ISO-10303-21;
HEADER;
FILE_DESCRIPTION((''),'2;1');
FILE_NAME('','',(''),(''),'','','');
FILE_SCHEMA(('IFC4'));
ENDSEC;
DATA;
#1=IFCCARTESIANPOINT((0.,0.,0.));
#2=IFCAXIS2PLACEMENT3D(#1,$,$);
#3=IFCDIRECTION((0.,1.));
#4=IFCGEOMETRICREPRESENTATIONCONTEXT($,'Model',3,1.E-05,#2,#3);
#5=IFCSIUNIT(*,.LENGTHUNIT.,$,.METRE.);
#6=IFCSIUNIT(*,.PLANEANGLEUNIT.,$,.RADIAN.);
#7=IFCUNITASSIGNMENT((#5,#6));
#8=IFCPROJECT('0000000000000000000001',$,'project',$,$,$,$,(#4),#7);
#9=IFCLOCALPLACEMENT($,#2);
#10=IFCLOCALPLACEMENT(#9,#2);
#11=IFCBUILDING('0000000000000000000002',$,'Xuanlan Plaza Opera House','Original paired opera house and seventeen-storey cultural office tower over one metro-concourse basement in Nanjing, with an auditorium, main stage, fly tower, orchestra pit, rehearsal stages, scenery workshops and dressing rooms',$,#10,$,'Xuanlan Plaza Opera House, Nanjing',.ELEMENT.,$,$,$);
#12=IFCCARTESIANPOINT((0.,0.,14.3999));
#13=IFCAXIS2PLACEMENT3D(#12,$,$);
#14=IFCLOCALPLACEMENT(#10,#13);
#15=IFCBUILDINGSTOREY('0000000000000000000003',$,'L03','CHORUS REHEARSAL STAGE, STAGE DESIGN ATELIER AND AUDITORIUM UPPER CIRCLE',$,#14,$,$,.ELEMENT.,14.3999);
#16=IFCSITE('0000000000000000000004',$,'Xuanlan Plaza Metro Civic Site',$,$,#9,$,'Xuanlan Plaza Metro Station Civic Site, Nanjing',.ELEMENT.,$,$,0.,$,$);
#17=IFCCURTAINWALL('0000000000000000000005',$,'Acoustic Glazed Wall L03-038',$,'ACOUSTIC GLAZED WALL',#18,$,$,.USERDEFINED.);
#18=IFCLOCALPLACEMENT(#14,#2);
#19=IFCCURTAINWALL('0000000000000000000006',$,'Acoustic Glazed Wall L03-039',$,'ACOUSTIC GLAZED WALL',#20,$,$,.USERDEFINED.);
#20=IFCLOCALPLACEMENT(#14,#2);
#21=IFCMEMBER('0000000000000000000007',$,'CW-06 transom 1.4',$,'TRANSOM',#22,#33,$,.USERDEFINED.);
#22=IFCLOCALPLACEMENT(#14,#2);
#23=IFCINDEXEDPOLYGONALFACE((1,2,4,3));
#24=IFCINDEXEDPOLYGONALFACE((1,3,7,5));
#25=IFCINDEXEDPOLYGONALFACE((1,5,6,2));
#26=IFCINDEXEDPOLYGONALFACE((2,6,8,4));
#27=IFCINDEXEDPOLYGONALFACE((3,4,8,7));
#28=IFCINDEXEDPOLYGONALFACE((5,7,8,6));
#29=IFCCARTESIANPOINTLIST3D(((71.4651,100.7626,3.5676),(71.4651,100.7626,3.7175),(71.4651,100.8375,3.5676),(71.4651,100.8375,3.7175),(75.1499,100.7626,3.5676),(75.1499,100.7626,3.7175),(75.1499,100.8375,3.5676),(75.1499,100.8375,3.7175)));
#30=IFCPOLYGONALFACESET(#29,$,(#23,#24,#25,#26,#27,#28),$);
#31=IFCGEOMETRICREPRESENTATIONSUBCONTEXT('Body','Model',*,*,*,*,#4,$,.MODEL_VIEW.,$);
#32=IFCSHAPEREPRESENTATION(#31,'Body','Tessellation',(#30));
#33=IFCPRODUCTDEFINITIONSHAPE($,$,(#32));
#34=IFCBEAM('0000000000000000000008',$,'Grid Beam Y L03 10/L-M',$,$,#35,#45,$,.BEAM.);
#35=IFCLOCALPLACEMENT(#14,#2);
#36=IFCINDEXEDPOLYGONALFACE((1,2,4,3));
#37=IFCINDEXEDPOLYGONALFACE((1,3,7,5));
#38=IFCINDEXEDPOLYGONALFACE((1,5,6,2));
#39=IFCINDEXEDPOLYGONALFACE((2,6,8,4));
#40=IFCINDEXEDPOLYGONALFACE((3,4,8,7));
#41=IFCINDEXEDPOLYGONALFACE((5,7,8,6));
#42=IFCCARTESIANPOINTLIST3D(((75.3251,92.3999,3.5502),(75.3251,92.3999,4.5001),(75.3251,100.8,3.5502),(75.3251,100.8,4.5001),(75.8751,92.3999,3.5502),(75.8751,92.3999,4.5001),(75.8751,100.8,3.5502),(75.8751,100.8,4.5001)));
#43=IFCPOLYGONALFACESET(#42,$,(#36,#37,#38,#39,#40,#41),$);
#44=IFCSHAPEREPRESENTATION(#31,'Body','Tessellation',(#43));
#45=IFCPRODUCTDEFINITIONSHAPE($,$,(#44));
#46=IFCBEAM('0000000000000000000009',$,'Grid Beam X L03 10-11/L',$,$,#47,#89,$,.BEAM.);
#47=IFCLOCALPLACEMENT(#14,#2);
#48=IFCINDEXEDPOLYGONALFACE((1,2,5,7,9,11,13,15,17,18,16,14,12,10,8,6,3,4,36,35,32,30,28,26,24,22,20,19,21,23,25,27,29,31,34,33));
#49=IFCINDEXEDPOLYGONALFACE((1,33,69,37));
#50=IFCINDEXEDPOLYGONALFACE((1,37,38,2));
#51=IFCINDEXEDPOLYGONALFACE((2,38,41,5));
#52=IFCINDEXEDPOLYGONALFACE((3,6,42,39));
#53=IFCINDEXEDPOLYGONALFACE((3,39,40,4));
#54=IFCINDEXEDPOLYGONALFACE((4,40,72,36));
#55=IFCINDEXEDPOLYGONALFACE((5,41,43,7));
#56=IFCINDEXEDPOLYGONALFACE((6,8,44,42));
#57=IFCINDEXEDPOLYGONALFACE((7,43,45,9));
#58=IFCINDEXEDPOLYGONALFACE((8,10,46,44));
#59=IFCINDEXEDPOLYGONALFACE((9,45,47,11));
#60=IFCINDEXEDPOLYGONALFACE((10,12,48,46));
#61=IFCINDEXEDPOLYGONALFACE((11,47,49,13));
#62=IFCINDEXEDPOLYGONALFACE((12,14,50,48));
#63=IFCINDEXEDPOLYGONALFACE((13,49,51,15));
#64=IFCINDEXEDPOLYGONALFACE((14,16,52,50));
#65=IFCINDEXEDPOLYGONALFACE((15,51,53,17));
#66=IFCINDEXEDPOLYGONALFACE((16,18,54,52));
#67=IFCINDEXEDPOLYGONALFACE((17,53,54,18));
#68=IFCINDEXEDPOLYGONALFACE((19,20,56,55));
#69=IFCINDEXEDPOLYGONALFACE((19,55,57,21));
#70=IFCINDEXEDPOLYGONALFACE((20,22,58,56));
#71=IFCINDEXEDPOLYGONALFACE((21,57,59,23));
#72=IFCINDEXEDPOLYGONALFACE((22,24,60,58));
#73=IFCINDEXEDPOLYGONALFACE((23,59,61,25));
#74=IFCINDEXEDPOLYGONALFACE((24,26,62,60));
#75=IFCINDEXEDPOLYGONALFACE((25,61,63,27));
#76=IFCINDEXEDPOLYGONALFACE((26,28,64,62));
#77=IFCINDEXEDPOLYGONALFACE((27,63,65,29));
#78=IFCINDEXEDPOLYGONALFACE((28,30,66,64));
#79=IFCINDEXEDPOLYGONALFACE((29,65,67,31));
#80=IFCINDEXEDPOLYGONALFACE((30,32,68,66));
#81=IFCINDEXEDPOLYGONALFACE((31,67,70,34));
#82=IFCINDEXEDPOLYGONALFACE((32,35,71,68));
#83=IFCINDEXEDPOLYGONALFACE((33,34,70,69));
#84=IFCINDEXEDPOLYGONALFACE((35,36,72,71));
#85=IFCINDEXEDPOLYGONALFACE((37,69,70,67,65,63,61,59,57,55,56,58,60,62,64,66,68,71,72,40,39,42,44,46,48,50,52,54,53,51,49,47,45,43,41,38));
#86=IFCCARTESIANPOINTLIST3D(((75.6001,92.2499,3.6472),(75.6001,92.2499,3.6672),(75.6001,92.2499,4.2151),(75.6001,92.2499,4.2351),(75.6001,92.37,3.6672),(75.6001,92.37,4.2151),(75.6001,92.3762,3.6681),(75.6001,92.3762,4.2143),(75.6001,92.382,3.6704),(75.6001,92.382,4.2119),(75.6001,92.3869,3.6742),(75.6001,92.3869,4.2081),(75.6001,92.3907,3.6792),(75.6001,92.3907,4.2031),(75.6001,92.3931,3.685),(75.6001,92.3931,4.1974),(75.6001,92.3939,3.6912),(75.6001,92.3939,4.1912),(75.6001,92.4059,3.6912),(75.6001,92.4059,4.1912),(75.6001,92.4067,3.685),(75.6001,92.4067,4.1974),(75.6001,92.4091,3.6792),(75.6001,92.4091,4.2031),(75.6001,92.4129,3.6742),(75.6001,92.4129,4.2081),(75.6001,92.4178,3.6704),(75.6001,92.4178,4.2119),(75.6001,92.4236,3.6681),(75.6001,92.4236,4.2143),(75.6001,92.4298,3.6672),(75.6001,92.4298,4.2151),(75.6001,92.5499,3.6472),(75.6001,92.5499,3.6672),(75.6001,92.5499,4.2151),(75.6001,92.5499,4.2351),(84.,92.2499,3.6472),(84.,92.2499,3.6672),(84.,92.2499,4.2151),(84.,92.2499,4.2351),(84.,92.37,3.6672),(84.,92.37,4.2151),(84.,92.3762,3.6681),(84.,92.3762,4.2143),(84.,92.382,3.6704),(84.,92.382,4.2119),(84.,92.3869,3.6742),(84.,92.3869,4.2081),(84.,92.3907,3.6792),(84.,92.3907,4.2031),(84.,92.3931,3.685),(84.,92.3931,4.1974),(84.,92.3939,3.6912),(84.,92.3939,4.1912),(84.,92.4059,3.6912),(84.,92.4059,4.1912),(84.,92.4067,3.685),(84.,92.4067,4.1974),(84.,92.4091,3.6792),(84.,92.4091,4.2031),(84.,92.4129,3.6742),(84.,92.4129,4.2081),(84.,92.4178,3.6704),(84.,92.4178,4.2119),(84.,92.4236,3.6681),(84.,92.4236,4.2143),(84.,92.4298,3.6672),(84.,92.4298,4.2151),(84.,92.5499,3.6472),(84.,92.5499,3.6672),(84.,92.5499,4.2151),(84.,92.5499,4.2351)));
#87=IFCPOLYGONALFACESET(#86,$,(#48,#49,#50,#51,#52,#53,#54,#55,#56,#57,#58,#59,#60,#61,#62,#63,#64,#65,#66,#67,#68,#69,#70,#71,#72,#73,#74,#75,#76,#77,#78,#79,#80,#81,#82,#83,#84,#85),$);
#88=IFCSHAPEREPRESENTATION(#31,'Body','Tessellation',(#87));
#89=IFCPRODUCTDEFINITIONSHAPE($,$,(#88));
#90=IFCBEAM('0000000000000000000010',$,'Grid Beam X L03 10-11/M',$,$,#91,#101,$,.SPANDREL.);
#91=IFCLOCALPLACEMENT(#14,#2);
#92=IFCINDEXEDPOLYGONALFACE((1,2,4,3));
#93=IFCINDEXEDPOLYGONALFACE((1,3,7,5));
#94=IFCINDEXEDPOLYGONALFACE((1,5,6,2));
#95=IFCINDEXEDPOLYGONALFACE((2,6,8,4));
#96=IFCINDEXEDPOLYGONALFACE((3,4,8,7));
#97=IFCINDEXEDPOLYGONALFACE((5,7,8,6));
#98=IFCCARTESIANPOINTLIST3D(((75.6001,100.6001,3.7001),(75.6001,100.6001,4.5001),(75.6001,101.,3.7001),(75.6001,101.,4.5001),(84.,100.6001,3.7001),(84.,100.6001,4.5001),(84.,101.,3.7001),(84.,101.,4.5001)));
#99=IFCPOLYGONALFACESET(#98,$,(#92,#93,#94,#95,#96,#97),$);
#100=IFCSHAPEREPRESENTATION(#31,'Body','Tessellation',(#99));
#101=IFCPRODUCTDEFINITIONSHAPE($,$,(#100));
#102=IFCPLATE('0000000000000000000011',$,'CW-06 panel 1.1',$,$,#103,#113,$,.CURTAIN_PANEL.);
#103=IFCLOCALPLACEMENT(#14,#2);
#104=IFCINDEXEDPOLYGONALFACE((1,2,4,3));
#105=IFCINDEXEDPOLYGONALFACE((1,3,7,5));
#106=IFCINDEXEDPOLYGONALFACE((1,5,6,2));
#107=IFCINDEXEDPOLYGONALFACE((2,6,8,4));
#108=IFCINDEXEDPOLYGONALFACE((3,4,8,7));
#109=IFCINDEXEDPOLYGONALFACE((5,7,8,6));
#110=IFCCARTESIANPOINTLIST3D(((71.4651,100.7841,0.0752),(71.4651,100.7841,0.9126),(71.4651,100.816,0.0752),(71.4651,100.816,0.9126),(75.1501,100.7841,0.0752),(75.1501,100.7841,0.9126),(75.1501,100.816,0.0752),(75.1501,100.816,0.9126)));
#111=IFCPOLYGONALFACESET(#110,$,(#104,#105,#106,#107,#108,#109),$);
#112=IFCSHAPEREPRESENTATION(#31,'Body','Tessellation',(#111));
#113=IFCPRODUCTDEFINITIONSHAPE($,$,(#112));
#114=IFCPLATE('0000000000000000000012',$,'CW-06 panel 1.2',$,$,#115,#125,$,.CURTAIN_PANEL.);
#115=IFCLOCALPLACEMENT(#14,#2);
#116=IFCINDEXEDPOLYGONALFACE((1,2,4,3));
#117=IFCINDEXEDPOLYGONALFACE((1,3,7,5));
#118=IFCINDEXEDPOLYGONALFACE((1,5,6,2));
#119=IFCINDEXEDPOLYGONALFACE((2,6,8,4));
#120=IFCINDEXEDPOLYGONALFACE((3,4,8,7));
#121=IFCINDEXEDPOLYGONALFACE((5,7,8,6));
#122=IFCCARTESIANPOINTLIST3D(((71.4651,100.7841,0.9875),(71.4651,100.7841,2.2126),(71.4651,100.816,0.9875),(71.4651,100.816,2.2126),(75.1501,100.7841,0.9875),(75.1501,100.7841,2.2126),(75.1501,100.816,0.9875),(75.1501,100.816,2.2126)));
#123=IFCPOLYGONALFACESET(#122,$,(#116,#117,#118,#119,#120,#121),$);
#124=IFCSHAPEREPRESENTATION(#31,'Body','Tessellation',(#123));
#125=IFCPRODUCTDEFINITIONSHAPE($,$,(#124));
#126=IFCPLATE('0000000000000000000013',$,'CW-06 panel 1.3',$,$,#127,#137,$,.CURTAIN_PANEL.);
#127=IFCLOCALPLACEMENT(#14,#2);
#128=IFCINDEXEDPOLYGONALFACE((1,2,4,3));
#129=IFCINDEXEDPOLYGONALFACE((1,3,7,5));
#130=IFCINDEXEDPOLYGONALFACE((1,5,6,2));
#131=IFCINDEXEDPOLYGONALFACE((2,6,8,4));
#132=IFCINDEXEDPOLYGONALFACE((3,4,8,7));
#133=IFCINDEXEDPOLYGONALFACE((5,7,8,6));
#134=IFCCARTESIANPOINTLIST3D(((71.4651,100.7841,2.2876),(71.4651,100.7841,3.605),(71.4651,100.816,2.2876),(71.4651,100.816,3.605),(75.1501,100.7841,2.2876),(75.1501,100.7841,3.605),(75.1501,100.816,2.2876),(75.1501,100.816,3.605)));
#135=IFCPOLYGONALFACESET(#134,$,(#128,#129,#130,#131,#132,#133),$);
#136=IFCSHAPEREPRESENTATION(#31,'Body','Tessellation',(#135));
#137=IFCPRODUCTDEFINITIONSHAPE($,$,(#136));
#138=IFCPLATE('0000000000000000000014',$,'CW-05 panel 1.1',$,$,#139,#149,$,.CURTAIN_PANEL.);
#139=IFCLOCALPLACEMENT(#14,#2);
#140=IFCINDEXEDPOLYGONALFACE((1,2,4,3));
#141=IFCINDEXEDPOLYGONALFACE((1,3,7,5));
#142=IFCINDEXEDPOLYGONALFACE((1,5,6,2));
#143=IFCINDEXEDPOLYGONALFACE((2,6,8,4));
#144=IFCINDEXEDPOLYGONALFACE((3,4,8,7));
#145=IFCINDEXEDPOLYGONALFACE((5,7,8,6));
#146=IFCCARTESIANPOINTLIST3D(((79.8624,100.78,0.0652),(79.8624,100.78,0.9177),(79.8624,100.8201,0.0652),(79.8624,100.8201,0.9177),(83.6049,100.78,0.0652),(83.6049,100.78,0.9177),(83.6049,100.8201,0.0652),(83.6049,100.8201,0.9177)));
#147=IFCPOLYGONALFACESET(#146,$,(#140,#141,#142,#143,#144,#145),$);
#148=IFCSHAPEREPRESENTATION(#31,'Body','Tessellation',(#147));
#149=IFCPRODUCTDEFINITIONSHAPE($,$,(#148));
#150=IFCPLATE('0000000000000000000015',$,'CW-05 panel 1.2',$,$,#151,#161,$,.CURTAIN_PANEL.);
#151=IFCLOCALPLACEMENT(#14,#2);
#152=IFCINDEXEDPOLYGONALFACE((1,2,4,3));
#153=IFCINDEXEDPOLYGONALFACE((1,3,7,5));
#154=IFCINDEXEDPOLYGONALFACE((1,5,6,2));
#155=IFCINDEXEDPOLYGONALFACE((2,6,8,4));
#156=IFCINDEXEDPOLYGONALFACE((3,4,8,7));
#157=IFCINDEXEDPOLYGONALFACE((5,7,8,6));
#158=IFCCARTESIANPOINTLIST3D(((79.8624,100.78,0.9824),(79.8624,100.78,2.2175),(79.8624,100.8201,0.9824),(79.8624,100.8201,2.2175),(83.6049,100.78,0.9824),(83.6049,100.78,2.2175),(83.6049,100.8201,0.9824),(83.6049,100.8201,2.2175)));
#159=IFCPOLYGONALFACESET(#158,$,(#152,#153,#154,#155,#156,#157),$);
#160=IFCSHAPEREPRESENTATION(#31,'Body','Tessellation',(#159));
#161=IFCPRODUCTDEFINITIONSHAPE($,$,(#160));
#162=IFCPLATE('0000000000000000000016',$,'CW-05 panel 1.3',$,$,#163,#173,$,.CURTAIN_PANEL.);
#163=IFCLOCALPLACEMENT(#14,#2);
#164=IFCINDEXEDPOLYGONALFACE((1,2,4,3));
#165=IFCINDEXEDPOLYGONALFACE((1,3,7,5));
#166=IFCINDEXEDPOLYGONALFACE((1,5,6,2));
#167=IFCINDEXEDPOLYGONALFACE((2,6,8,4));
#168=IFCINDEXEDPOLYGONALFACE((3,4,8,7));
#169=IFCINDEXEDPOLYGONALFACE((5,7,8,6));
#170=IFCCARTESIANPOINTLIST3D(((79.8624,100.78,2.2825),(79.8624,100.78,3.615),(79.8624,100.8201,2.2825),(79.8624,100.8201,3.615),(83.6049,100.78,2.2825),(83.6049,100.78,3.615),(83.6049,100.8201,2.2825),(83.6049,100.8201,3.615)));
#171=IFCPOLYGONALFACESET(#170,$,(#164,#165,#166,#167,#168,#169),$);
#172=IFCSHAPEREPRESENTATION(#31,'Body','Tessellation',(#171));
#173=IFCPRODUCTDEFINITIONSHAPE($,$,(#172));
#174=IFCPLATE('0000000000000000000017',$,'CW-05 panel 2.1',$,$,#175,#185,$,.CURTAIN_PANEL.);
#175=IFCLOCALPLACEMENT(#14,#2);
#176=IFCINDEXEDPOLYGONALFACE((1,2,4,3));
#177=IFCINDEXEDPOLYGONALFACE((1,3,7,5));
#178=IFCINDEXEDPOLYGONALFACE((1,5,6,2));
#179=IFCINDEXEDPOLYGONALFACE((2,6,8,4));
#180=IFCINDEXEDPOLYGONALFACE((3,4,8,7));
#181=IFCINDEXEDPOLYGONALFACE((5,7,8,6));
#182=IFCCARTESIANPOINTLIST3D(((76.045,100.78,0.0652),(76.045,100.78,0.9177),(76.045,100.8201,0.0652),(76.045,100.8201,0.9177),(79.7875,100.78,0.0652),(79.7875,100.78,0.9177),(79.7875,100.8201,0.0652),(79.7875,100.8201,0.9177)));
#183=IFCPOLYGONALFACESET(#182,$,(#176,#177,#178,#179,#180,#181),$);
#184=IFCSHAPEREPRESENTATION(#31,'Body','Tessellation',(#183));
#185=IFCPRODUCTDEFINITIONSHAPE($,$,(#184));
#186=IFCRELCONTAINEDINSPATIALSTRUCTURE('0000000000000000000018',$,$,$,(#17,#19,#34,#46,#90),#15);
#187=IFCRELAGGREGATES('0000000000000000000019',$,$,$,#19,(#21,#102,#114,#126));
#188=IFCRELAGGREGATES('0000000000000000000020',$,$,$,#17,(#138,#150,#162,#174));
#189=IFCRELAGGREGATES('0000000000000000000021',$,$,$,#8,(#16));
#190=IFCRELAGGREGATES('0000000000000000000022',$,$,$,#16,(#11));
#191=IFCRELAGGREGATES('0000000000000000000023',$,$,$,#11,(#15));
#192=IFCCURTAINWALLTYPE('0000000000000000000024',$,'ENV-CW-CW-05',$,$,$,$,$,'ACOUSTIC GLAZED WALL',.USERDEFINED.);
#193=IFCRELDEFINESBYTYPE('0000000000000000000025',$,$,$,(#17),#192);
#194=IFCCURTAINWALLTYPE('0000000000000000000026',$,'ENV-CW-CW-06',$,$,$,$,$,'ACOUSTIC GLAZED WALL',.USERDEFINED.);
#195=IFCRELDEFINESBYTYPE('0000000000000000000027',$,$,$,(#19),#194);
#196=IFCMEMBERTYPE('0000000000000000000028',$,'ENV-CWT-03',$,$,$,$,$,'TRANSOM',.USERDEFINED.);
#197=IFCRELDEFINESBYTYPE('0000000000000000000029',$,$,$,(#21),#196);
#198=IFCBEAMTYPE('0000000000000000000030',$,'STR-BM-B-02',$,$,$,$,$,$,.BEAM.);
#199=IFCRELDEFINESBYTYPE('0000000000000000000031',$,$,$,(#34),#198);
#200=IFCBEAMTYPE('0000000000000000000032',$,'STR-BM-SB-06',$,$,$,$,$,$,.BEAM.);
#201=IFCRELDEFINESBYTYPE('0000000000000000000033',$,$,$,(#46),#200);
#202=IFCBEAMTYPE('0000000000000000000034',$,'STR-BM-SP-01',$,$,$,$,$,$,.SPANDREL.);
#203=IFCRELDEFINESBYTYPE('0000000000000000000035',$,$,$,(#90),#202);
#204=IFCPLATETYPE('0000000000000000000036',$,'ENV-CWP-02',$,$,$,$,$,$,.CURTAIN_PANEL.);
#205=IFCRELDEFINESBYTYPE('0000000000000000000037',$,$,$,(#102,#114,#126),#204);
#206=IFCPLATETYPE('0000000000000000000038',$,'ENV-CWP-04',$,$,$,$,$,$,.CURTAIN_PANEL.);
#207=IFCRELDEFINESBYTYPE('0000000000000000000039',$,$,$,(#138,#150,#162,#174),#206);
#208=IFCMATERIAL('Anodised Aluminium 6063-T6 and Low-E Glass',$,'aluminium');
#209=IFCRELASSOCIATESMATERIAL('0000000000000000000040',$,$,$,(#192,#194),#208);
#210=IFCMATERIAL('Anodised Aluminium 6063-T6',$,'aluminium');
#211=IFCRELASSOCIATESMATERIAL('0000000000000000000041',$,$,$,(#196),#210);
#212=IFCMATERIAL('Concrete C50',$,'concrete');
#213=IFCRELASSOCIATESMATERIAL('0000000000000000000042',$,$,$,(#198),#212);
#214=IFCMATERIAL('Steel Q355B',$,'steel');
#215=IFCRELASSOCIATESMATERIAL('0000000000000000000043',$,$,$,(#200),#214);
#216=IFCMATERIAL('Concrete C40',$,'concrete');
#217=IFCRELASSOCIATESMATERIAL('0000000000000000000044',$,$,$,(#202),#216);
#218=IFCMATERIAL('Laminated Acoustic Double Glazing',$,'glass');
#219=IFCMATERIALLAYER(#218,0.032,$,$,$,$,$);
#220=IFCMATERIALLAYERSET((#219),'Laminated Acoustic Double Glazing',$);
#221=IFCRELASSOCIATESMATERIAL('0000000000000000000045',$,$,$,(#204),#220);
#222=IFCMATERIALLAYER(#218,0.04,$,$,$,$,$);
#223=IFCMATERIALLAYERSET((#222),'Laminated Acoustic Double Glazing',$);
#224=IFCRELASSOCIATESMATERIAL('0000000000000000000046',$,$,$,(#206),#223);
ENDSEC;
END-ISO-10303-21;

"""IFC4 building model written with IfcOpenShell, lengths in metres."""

from ifc_helpers import new_model, si_unit, direction, frame, origin, origin_2d, place, context, subcontext, project, spatial, rectangle, i_section, extrude, material, layer, layer_set, material_profile, profile_set, type_object, element, aggregate, save


model = new_model("IFC4")

# Units and contexts
model_context = context("Model", 3, precision=1e-05, world=origin(), true_north=direction((0.0, 1.0)))
body_context = subcontext(model_context, "Body", "Model", "MODEL_VIEW")
ifc_project = project(units=[si_unit("LENGTHUNIT", "METRE"), si_unit("PLANEANGLEUNIT", "RADIAN")], contexts=[model_context])

# Site, building, storey
site_placement = place(None, origin())
site = spatial("IfcSite", under=ifc_project, at=site_placement, Name="Xuanlan Plaza Metro Civic Site", LongName="Xuanlan Plaza Metro Station Civic Site, Nanjing", CompositionType="ELEMENT", RefElevation=0.0)
building_placement = place(site_placement, origin())
building = spatial("IfcBuilding", under=site, at=building_placement, Name="Xuanlan Plaza Opera House", Description="Original paired opera house and seventeen-storey cultural office tower over one metro-concourse basement in Nanjing, with an auditorium, main stage, fly tower, orchestra pit, rehearsal stages, scenery workshops and dressing rooms", LongName="Xuanlan Plaza Opera House, Nanjing", CompositionType="ELEMENT")
storey_placement = place(building_placement, frame((0.0, 0.0, 14.3999)))
storey = spatial("IfcBuildingStorey", under=building, at=storey_placement, Name="L03", Description="CHORUS REHEARSAL STAGE, STAGE DESIGN ATELIER AND AUDITORIUM UPPER CIRCLE", CompositionType="ELEMENT", Elevation=14.3999)

# Shared definitions
ifc_material_1 = material(Name="Concrete C40", Category="concrete")

# Curtain wall
ifc_material_2 = material(Name="Anodised Aluminium 6063-T6 and Low-E Glass", Category="aluminium")
curtain_wall_type_1 = type_object("IfcCurtainWallType", Name="ENV-CW-CW-05", ElementType="ACOUSTIC GLAZED WALL", PredefinedType="USERDEFINED", material=ifc_material_2)
curtain_wall_1_placement = place(storey_placement, origin())
curtain_wall_1 = element("IfcCurtainWall", 1, at=curtain_wall_1_placement, inside=storey, type_object=curtain_wall_type_1, Name="Acoustic Glazed Wall L03-038", ObjectType="ACOUSTIC GLAZED WALL", PredefinedType="USERDEFINED")
ifc_material_3 = material(Name="Anodised Aluminium 6063-T6", Category="aluminium")

# Curtain wall
curtain_wall_type_2 = type_object("IfcCurtainWallType", Name="ENV-CW-CW-06", ElementType="ACOUSTIC GLAZED WALL", PredefinedType="USERDEFINED", material=ifc_material_2)
curtain_wall_2_placement = place(storey_placement, origin())
curtain_wall_2 = element("IfcCurtainWall", 2, at=curtain_wall_2_placement, inside=storey, type_object=curtain_wall_type_2, Name="Acoustic Glazed Wall L03-039", ObjectType="ACOUSTIC GLAZED WALL", PredefinedType="USERDEFINED")

# Member
ifc_material_profile_1 = material_profile(ifc_material_3, rectangle(XDim=0.075, YDim=0.1499, at=origin_2d()), Name="ALU-T 75x150")
ifc_profile_set_1 = profile_set([ifc_material_profile_1], Name="Anodised Aluminium 6063-T6")
member_type_1 = type_object("IfcMemberType", Name="ENV-CWT-03", ElementType="TRANSOM", PredefinedType="USERDEFINED", material=ifc_profile_set_1)
member_1_placement = place(storey_placement, frame((75.1499, 100.8, 3.6426), z_axis=(-1.0, 0.0, 0.0), x_axis=(0.0, -1.0, 0.0)))
member_1 = element("IfcMember", 3, at=member_1_placement, type_object=member_type_1, Name="CW-06 transom 1.4", ObjectType="TRANSOM", PredefinedType="USERDEFINED", context=body_context, shape_type="SweptSolid", body=[
    extrude(rectangle(XDim=0.075, YDim=0.1499, at=origin_2d()), origin(), (0.0, 0.0, 1.0), 3.6848),
])

# Beams
ifc_material_4 = material(Name="Concrete C50", Category="concrete")
ifc_material_profile_2 = material_profile(ifc_material_4, rectangle(XDim=0.55, YDim=0.95, at=origin_2d()), Name="RC-BM 550x950")
ifc_profile_set_2 = profile_set([ifc_material_profile_2], Name="Concrete C50")
beam_type_1 = type_object("IfcBeamType", Name="STR-BM-B-02", PredefinedType="BEAM", material=ifc_profile_set_2)
beam_1_placement = place(storey_placement, frame((75.6001, 92.3999, 4.0251), z_axis=(0.0, 1.0, 0.0), x_axis=(-1.0, 0.0, 0.0)))
element("IfcBeam", 4, at=beam_1_placement, inside=storey, type_object=beam_type_1, Name="Grid Beam Y L03 10/L-M", PredefinedType="BEAM", context=body_context, shape_type="SweptSolid", body=[
    extrude(rectangle(XDim=0.55, YDim=0.95, at=origin_2d()), origin(), (0.0, 0.0, 1.0), 8.4001),
])
ifc_material_5 = material(Name="Steel Q355B", Category="steel")
ifc_material_profile_3 = material_profile(ifc_material_5, i_section(OverallWidth=0.3, OverallDepth=0.5879, WebThickness=0.012, FlangeThickness=0.02, FilletRadius=0.0239, at=origin_2d()), Name="HM 588x300x12x20")
ifc_profile_set_3 = profile_set([ifc_material_profile_3], Name="Steel Q355B")
beam_type_2 = type_object("IfcBeamType", Name="STR-BM-SB-06", PredefinedType="BEAM", material=ifc_profile_set_3)
beam_2_placement = place(storey_placement, frame((75.6001, 92.3999, 3.9412), z_axis=(1.0, 0.0, 0.0), x_axis=(0.0, 1.0, 0.0)))
element("IfcBeam", 5, at=beam_2_placement, inside=storey, type_object=beam_type_2, Name="Grid Beam X L03 10-11/L", PredefinedType="BEAM", context=body_context, shape_type="SweptSolid", body=[
    extrude(i_section(OverallWidth=0.3, OverallDepth=0.5879, WebThickness=0.012, FlangeThickness=0.02, FilletRadius=0.0239, at=origin_2d()), origin(), (0.0, 0.0, 1.0), 8.3999),
])
ifc_material_profile_4 = material_profile(ifc_material_1, rectangle(XDim=0.3999, YDim=0.8, at=origin_2d()), Name="RC-SPD 400x800")
ifc_profile_set_4 = profile_set([ifc_material_profile_4], Name="Concrete C40")
beam_type_3 = type_object("IfcBeamType", Name="STR-BM-SP-01", PredefinedType="SPANDREL", material=ifc_profile_set_4)
beam_3_placement = place(storey_placement, frame((75.6001, 100.8, 4.1001), z_axis=(1.0, 0.0, 0.0), x_axis=(0.0, 1.0, 0.0)))
element("IfcBeam", 6, at=beam_3_placement, inside=storey, type_object=beam_type_3, Name="Grid Beam X L03 10-11/M", PredefinedType="SPANDREL", context=body_context, shape_type="SweptSolid", body=[
    extrude(rectangle(XDim=0.3999, YDim=0.8, at=origin_2d()), origin(), (0.0, 0.0, 1.0), 8.3999),
])

# Plates
ifc_material_6 = material(Name="Laminated Acoustic Double Glazing", Category="glass")
ifc_layer_1 = layer(ifc_material_6, 0.032)
ifc_layer_set_1 = layer_set([ifc_layer_1], Name="Laminated Acoustic Double Glazing")
plate_type_1 = type_object("IfcPlateType", Name="ENV-CWP-02", PredefinedType="CURTAIN_PANEL", material=ifc_layer_set_1)
plate_1_placement = place(storey_placement, frame((73.3076, 100.8, 0.0752), z_axis=(0.0, 0.0, 1.0), x_axis=(-1.0, 0.0, 0.0)))
plate_1 = element("IfcPlate", 7, at=plate_1_placement, type_object=plate_type_1, Name="CW-06 panel 1.1", PredefinedType="CURTAIN_PANEL", context=body_context, shape_type="SweptSolid", body=[
    extrude(rectangle(XDim=3.6851, YDim=0.032, at=origin_2d()), origin(), (0.0, 0.0, 1.0), 0.8374),
])
plate_2_placement = place(storey_placement, frame((73.3076, 100.8, 0.9875), z_axis=(0.0, 0.0, 1.0), x_axis=(-1.0, 0.0, 0.0)))
plate_2 = element("IfcPlate", 8, at=plate_2_placement, type_object=plate_type_1, Name="CW-06 panel 1.2", PredefinedType="CURTAIN_PANEL", context=body_context, shape_type="SweptSolid", body=[
    extrude(rectangle(XDim=3.6851, YDim=0.032, at=origin_2d()), origin(), (0.0, 0.0, 1.0), 1.2251),
])
plate_3_placement = place(storey_placement, frame((73.3076, 100.8, 2.2876), z_axis=(0.0, 0.0, 1.0), x_axis=(-1.0, 0.0, 0.0)))
plate_3 = element("IfcPlate", 9, at=plate_3_placement, type_object=plate_type_1, Name="CW-06 panel 1.3", PredefinedType="CURTAIN_PANEL", context=body_context, shape_type="SweptSolid", body=[
    extrude(rectangle(XDim=3.6851, YDim=0.032, at=origin_2d()), origin(), (0.0, 0.0, 1.0), 1.3174),
])
aggregate(curtain_wall_2, [member_1, plate_1, plate_2, plate_3])
ifc_layer_2 = layer(ifc_material_6, 0.04)
ifc_layer_set_2 = layer_set([ifc_layer_2], Name="Laminated Acoustic Double Glazing")
plate_type_2 = type_object("IfcPlateType", Name="ENV-CWP-04", PredefinedType="CURTAIN_PANEL", material=ifc_layer_set_2)
plate_4_placement = place(storey_placement, frame((81.7336, 100.8, 0.0652), z_axis=(0.0, 0.0, 1.0), x_axis=(-1.0, 0.0, 0.0)))
plate_4 = element("IfcPlate", 10, at=plate_4_placement, type_object=plate_type_2, Name="CW-05 panel 1.1", PredefinedType="CURTAIN_PANEL", context=body_context, shape_type="SweptSolid", body=[
    extrude(rectangle(XDim=3.7424, YDim=0.04, at=origin_2d()), origin(), (0.0, 0.0, 1.0), 0.8525),
])
plate_5_placement = place(storey_placement, frame((81.7336, 100.8, 0.9824), z_axis=(0.0, 0.0, 1.0), x_axis=(-1.0, 0.0, 0.0)))
plate_5 = element("IfcPlate", 11, at=plate_5_placement, type_object=plate_type_2, Name="CW-05 panel 1.2", PredefinedType="CURTAIN_PANEL", context=body_context, shape_type="SweptSolid", body=[
    extrude(rectangle(XDim=3.7424, YDim=0.04, at=origin_2d()), origin(), (0.0, 0.0, 1.0), 1.2351),
])
plate_6_placement = place(storey_placement, frame((81.7336, 100.8, 2.2825), z_axis=(0.0, 0.0, 1.0), x_axis=(-1.0, 0.0, 0.0)))
plate_6 = element("IfcPlate", 12, at=plate_6_placement, type_object=plate_type_2, Name="CW-05 panel 1.3", PredefinedType="CURTAIN_PANEL", context=body_context, shape_type="SweptSolid", body=[
    extrude(rectangle(XDim=3.7424, YDim=0.04, at=origin_2d()), origin(), (0.0, 0.0, 1.0), 1.3325),
])
plate_7_placement = place(storey_placement, frame((77.9163, 100.8, 0.0652), z_axis=(0.0, 0.0, 1.0), x_axis=(-1.0, 0.0, 0.0)))
plate_7 = element("IfcPlate", 13, at=plate_7_placement, type_object=plate_type_2, Name="CW-05 panel 2.1", PredefinedType="CURTAIN_PANEL", context=body_context, shape_type="SweptSolid", body=[
    extrude(rectangle(XDim=3.7424, YDim=0.04, at=origin_2d()), origin(), (0.0, 0.0, 1.0), 0.8525),
])
aggregate(curtain_wall_1, [plate_4, plate_5, plate_6, plate_7])

save(model, "model.ifc")
